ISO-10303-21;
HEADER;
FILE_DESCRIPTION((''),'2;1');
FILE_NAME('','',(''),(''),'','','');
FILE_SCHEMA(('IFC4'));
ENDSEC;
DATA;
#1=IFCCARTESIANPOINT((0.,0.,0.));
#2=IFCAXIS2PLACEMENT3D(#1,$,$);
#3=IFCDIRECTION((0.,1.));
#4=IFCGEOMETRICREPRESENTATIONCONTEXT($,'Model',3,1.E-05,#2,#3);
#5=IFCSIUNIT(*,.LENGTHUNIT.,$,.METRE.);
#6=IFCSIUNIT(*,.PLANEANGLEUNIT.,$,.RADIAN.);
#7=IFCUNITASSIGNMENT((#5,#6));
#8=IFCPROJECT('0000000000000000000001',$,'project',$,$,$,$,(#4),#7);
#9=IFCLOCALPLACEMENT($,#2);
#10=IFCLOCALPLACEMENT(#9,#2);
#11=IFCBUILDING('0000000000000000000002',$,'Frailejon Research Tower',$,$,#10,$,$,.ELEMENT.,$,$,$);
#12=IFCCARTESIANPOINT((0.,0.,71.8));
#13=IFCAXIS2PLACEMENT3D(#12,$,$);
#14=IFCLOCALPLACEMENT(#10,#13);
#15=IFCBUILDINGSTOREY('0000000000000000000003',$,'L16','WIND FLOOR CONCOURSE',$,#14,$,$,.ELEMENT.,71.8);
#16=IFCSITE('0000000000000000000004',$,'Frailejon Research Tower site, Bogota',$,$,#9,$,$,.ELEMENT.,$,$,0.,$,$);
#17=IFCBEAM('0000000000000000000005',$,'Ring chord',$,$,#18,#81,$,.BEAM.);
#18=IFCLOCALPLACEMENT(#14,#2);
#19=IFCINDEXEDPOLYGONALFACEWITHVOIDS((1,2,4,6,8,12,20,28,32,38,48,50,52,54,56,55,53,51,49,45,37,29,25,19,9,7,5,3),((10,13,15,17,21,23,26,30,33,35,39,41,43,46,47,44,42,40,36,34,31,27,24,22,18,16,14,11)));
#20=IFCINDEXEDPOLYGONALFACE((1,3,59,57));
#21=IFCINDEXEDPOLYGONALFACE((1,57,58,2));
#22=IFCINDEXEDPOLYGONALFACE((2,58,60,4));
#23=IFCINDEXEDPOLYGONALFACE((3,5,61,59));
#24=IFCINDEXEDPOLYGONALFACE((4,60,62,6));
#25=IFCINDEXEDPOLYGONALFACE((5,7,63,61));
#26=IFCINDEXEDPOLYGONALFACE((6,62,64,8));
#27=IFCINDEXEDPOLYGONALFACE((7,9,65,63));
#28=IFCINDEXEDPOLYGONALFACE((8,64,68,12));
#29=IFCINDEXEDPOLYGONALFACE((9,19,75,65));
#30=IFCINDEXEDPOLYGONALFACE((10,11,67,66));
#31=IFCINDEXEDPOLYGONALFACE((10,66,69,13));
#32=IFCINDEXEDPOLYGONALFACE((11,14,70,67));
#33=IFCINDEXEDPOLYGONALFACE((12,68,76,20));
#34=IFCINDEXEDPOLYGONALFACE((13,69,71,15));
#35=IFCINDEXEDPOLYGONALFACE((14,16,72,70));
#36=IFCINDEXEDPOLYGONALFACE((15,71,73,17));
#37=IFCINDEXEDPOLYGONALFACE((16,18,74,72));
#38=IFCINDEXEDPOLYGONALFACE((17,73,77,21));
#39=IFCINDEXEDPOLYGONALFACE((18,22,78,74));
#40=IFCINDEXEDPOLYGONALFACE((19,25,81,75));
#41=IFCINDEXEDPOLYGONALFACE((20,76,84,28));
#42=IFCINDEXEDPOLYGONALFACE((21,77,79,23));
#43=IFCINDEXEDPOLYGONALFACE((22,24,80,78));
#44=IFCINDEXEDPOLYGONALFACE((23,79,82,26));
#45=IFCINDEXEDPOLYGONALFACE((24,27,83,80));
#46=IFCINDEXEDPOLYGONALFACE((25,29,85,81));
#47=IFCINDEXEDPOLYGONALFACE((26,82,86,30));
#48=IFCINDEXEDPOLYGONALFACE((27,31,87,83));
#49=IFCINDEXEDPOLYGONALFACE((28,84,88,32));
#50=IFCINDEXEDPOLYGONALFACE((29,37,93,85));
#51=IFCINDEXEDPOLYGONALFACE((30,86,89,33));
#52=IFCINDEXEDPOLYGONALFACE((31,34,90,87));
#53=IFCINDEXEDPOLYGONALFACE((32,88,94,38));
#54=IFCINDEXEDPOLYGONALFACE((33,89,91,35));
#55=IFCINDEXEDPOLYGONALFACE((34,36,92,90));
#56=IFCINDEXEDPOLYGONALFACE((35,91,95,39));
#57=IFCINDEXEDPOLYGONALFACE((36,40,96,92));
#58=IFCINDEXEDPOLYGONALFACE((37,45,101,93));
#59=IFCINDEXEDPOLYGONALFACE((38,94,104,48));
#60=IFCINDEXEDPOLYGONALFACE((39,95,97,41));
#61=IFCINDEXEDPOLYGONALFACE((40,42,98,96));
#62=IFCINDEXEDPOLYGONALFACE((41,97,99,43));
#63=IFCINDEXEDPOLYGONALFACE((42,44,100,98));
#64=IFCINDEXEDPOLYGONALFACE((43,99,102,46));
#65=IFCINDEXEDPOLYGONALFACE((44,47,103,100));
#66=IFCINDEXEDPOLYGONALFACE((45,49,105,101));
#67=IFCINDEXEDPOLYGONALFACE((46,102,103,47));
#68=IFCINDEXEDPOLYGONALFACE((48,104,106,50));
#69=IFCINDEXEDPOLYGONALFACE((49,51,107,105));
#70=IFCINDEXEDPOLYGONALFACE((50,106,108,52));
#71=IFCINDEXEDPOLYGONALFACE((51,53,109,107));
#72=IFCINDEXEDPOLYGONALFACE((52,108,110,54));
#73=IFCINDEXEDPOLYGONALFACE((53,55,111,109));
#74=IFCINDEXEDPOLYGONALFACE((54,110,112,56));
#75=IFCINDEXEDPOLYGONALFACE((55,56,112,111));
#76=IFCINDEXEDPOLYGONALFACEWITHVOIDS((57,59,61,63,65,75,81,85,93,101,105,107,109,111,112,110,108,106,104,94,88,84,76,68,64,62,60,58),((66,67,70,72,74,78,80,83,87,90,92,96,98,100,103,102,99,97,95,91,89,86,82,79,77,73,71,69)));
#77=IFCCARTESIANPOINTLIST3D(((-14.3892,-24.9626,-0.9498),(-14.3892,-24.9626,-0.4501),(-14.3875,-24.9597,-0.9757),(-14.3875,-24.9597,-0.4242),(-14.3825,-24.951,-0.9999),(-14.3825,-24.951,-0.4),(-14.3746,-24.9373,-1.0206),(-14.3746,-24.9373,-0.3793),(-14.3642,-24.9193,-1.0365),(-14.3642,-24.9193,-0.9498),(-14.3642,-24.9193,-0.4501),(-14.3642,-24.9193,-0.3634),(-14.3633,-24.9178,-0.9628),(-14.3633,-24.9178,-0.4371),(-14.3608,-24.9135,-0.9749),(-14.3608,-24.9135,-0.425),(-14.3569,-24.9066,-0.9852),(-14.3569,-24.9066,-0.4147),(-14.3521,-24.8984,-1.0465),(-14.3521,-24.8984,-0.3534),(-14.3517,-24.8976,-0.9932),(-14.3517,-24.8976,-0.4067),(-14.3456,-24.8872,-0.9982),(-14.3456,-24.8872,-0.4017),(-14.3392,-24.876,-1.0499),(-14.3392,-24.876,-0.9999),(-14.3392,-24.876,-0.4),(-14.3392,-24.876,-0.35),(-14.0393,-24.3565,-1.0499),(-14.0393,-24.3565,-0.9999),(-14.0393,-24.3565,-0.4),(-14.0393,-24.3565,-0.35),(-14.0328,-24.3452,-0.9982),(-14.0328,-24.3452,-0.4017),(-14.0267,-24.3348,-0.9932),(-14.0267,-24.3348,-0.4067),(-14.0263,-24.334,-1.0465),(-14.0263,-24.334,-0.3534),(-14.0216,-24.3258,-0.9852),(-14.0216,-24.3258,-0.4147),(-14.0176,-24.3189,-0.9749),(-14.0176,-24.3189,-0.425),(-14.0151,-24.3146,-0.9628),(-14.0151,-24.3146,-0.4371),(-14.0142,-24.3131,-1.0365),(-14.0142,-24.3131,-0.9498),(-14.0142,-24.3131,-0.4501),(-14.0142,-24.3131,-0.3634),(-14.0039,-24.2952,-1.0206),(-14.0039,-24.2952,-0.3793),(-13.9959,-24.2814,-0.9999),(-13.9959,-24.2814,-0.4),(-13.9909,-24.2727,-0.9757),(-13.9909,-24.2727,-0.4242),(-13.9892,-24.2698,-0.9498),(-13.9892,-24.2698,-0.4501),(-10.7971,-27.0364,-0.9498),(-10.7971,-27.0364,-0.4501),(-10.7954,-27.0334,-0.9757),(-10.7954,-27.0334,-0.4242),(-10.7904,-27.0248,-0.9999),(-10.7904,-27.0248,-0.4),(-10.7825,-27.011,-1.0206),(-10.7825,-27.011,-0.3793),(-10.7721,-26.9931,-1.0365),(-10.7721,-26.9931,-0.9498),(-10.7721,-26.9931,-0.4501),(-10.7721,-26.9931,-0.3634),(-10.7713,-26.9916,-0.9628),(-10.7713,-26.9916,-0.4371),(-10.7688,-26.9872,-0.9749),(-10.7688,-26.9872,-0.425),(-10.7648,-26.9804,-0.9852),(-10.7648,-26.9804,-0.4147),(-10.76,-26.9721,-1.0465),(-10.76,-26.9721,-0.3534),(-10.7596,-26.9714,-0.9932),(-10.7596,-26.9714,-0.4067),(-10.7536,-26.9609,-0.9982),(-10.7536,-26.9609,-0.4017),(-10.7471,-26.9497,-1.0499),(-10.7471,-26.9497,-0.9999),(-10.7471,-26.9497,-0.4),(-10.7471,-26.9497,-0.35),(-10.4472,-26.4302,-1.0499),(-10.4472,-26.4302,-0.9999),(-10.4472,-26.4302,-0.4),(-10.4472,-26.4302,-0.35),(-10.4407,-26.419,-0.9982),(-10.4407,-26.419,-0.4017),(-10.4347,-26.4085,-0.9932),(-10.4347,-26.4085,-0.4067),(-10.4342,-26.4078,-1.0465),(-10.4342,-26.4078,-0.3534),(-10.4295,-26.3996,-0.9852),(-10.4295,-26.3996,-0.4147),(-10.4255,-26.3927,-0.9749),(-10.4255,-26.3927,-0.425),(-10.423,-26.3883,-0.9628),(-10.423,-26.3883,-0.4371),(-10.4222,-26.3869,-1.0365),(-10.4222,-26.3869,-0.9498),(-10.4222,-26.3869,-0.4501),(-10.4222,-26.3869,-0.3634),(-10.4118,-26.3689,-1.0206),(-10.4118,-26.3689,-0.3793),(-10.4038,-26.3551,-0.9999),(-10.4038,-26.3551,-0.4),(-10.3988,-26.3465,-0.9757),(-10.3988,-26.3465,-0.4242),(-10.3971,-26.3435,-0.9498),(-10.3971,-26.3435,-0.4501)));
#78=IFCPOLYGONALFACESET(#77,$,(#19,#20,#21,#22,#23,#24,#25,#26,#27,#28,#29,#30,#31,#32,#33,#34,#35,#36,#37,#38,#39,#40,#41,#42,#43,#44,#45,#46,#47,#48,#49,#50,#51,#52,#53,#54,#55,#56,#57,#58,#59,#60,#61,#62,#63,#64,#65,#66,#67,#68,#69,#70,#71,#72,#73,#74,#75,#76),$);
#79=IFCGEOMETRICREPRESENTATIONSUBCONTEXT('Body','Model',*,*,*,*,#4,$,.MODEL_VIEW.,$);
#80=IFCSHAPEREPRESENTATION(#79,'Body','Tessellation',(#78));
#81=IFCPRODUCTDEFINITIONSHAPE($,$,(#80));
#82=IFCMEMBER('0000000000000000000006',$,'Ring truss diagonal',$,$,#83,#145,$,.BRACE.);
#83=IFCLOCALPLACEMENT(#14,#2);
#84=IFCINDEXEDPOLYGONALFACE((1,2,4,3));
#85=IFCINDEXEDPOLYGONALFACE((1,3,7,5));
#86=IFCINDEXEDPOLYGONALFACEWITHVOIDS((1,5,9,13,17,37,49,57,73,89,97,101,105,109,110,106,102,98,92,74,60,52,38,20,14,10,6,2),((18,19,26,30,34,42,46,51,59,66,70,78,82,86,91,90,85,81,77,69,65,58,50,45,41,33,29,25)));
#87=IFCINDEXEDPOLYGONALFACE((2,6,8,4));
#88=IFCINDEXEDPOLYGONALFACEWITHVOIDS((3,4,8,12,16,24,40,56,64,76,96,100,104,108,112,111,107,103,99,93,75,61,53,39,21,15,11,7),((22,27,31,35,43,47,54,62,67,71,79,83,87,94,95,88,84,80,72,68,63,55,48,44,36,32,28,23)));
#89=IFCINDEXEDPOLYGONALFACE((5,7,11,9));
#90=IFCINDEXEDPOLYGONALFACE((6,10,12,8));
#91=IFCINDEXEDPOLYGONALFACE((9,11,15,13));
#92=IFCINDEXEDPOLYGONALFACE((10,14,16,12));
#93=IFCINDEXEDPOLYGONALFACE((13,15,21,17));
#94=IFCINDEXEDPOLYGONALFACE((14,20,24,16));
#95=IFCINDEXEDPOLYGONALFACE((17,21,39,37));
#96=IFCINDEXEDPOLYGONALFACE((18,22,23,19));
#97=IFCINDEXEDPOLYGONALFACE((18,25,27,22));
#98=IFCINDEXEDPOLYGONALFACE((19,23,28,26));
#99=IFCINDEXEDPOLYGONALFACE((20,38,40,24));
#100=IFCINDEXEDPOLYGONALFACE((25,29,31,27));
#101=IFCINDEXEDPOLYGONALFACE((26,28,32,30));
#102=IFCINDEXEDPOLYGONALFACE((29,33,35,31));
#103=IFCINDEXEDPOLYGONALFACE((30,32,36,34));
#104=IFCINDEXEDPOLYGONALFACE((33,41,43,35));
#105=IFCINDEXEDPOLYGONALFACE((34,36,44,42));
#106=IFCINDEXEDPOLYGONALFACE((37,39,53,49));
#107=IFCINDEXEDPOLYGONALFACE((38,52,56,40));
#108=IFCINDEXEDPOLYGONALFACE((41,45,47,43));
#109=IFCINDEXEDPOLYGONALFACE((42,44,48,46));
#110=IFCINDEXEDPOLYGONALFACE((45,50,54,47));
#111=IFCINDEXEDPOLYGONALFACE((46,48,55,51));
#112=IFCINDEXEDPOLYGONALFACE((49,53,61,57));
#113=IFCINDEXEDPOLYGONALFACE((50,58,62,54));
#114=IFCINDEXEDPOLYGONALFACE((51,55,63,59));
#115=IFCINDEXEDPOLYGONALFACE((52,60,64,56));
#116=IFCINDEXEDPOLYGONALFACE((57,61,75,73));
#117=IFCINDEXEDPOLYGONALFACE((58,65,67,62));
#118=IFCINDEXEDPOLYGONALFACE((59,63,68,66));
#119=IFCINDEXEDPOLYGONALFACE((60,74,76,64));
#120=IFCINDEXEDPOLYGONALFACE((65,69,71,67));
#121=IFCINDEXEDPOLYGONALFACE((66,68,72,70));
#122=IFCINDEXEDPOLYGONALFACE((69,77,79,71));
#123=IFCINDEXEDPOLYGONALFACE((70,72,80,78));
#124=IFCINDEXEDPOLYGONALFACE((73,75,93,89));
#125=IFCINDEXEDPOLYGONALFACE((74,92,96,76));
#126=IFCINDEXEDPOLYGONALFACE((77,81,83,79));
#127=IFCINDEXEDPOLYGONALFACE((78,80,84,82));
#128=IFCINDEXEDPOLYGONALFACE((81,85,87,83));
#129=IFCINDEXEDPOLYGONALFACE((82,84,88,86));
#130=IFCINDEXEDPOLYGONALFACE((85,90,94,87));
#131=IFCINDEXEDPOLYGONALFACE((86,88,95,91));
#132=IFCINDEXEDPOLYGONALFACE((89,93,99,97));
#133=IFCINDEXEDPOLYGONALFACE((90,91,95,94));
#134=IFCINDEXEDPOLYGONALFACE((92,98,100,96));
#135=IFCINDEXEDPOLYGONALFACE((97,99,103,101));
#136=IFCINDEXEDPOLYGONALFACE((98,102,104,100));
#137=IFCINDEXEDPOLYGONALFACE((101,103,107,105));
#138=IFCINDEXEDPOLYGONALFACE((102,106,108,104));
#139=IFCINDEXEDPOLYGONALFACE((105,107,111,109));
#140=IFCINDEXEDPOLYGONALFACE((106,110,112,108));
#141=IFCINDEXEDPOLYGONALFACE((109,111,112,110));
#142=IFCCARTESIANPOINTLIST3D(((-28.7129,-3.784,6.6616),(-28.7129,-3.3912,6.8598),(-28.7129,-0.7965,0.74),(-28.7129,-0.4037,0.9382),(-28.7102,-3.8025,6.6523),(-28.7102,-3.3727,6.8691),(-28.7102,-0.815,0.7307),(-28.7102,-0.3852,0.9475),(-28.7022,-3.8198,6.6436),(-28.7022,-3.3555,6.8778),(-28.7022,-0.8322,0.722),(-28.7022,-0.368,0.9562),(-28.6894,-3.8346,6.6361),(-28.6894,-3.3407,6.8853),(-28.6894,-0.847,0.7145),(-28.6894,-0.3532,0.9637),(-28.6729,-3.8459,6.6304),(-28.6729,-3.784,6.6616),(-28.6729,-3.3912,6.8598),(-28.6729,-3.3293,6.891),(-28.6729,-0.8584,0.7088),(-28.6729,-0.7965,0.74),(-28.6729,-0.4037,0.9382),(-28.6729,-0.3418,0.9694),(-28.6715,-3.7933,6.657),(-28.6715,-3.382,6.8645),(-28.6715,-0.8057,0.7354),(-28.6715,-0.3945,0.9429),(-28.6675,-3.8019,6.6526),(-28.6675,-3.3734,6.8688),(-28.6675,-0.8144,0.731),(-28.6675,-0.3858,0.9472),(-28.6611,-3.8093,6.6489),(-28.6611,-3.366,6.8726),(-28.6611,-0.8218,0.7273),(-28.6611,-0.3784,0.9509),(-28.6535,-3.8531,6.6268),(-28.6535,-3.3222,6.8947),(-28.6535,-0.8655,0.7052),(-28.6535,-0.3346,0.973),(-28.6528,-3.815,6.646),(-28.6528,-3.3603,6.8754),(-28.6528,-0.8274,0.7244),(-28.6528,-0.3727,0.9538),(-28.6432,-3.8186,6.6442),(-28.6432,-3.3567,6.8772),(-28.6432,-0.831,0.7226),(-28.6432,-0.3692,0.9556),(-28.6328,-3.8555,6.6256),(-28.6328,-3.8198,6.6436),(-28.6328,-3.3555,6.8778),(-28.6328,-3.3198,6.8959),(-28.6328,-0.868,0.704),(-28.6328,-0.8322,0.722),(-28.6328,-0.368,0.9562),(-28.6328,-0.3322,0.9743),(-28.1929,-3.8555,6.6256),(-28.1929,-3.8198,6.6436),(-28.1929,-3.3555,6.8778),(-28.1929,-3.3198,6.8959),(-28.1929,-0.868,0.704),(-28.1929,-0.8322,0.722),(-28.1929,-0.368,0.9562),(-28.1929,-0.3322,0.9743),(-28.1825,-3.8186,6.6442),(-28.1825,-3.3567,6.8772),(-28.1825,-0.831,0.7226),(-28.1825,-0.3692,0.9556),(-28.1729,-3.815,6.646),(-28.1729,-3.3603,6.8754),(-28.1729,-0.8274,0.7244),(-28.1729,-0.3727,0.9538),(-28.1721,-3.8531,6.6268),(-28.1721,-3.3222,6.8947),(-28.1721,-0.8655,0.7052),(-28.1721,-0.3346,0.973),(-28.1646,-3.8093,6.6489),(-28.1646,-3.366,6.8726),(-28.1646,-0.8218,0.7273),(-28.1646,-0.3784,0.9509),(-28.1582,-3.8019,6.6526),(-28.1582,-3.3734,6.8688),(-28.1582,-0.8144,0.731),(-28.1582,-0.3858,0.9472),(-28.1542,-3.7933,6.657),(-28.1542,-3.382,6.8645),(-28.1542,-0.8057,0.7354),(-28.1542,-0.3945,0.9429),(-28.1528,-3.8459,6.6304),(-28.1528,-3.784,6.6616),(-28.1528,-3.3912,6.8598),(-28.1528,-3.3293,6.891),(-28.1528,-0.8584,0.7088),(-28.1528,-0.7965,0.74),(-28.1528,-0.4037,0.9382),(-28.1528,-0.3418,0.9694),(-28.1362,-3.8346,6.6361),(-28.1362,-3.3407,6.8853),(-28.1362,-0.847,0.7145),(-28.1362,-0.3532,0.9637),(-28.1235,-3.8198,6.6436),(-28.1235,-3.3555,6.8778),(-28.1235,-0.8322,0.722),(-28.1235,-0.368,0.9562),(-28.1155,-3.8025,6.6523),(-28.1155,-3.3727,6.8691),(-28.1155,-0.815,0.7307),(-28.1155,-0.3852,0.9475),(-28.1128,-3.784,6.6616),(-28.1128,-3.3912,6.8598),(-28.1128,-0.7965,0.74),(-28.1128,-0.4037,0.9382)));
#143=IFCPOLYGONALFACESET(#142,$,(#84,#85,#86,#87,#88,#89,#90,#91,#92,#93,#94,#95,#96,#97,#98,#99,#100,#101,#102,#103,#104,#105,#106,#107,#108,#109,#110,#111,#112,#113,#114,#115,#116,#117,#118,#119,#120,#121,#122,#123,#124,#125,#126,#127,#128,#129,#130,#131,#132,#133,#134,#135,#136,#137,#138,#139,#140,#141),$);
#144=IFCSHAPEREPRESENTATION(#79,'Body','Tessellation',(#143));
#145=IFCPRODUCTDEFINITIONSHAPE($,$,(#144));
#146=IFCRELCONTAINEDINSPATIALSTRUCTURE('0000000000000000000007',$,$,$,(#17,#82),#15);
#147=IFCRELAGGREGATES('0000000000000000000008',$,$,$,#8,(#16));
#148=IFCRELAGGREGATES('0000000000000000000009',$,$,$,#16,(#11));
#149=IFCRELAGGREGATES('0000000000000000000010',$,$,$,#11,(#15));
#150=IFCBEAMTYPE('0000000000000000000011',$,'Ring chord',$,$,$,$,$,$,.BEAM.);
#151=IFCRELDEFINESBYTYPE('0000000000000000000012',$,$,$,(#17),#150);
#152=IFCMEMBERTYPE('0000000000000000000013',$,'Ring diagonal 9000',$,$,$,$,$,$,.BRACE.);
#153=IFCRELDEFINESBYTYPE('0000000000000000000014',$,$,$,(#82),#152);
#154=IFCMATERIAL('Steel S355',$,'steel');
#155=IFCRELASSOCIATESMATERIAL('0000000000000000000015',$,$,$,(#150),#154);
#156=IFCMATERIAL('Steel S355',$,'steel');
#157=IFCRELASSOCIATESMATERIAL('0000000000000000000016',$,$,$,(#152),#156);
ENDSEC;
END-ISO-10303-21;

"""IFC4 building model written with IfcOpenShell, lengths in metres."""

from ifc_helpers import new_model, si_unit, direction, frame, origin, origin_2d, place, context, subcontext, project, spatial, hollow_rectangle, extrude, material, material_profile, profile_set, type_object, element, save


model = new_model("IFC4")

# Units and contexts
model_context = context("Model", 3, precision=1e-05, world=origin(), true_north=direction((0.0, 1.0)))
body_context = subcontext(model_context, "Body", "Model", "MODEL_VIEW")
ifc_project = project(units=[si_unit("LENGTHUNIT", "METRE"), si_unit("PLANEANGLEUNIT", "RADIAN")], contexts=[model_context])

# Site, building, storey
site_placement = place(None, origin())
site = spatial("IfcSite", under=ifc_project, at=site_placement, Name="Frailejon Research Tower site, Bogota", CompositionType="ELEMENT", RefElevation=0.0)
building_placement = place(site_placement, origin())
building = spatial("IfcBuilding", under=site, at=building_placement, Name="Frailejon Research Tower", CompositionType="ELEMENT")
storey_placement = place(building_placement, frame((0.0, 0.0, 71.8)))
storey = spatial("IfcBuildingStorey", under=building, at=storey_placement, Name="L16", Description="WIND FLOOR CONCOURSE", CompositionType="ELEMENT", Elevation=71.8)

# Beam
ifc_material_1 = material(Name="Steel S355", Category="steel")
ifc_material_profile_1 = material_profile(ifc_material_1, hollow_rectangle(XDim=0.8, YDim=0.7, WallThickness=0.05, InnerFilletRadius=0.05, OuterFilletRadius=0.1001, at=origin_2d()), Name="Ring chord")
ifc_profile_set_1 = profile_set([ifc_material_profile_1], Name="Steel S355")
beam_type_1 = type_object("IfcBeamType", Name="Ring chord", PredefinedType="BEAM", material=ifc_profile_set_1)
for number, where, z_axis, x_axis, name in (
    (1, (-14.1892, -24.6162, -0.7), (0.86604, -0.499976, 0.0), (0.499976, 0.86604, 0.0), "Ring chord"),
):
    element("IfcBeam", number, at=place(storey_placement, frame(where, z_axis=z_axis, x_axis=x_axis)), inside=storey, type_object=beam_type_1, Name=name, PredefinedType="BEAM", context=body_context, shape_type="SweptSolid", body=[
        extrude(hollow_rectangle(XDim=0.8, YDim=0.7, WallThickness=0.05, InnerFilletRadius=0.05, OuterFilletRadius=0.1001, at=origin_2d()), origin(), (0.0, 0.0, 1.0), 4.1477),
    ])

# Member
ifc_material_2 = material(Name="Steel S355", Category="steel")
ifc_material_profile_2 = material_profile(ifc_material_2, hollow_rectangle(XDim=0.6001, YDim=0.6001, WallThickness=0.04, InnerFilletRadius=0.04, OuterFilletRadius=0.0801, at=origin_2d()), Name="Ring diagonal 9000")
ifc_profile_set_2 = profile_set([ifc_material_profile_2], Name="Steel S355")
member_type = type_object("IfcMemberType", Name="Ring diagonal 9000", PredefinedType="BRACE", material=ifc_profile_set_2)
member_1_placement = place(storey_placement, frame((-28.4128, -0.6001, 0.8391), z_axis=(0.0, -0.450435, 0.892809), x_axis=(1.0, 0.0, 0.0)))
element("IfcMember", 2, at=member_1_placement, inside=storey, type_object=member_type, Name="Ring truss diagonal", PredefinedType="BRACE", context=body_context, shape_type="SweptSolid", body=[
    extrude(hollow_rectangle(XDim=0.6001, YDim=0.6001, WallThickness=0.04, InnerFilletRadius=0.04, OuterFilletRadius=0.0801, at=origin_2d()), origin(), (0.0, 0.0, 1.0), 6.6326),
])

save(model, "model.ifc")
